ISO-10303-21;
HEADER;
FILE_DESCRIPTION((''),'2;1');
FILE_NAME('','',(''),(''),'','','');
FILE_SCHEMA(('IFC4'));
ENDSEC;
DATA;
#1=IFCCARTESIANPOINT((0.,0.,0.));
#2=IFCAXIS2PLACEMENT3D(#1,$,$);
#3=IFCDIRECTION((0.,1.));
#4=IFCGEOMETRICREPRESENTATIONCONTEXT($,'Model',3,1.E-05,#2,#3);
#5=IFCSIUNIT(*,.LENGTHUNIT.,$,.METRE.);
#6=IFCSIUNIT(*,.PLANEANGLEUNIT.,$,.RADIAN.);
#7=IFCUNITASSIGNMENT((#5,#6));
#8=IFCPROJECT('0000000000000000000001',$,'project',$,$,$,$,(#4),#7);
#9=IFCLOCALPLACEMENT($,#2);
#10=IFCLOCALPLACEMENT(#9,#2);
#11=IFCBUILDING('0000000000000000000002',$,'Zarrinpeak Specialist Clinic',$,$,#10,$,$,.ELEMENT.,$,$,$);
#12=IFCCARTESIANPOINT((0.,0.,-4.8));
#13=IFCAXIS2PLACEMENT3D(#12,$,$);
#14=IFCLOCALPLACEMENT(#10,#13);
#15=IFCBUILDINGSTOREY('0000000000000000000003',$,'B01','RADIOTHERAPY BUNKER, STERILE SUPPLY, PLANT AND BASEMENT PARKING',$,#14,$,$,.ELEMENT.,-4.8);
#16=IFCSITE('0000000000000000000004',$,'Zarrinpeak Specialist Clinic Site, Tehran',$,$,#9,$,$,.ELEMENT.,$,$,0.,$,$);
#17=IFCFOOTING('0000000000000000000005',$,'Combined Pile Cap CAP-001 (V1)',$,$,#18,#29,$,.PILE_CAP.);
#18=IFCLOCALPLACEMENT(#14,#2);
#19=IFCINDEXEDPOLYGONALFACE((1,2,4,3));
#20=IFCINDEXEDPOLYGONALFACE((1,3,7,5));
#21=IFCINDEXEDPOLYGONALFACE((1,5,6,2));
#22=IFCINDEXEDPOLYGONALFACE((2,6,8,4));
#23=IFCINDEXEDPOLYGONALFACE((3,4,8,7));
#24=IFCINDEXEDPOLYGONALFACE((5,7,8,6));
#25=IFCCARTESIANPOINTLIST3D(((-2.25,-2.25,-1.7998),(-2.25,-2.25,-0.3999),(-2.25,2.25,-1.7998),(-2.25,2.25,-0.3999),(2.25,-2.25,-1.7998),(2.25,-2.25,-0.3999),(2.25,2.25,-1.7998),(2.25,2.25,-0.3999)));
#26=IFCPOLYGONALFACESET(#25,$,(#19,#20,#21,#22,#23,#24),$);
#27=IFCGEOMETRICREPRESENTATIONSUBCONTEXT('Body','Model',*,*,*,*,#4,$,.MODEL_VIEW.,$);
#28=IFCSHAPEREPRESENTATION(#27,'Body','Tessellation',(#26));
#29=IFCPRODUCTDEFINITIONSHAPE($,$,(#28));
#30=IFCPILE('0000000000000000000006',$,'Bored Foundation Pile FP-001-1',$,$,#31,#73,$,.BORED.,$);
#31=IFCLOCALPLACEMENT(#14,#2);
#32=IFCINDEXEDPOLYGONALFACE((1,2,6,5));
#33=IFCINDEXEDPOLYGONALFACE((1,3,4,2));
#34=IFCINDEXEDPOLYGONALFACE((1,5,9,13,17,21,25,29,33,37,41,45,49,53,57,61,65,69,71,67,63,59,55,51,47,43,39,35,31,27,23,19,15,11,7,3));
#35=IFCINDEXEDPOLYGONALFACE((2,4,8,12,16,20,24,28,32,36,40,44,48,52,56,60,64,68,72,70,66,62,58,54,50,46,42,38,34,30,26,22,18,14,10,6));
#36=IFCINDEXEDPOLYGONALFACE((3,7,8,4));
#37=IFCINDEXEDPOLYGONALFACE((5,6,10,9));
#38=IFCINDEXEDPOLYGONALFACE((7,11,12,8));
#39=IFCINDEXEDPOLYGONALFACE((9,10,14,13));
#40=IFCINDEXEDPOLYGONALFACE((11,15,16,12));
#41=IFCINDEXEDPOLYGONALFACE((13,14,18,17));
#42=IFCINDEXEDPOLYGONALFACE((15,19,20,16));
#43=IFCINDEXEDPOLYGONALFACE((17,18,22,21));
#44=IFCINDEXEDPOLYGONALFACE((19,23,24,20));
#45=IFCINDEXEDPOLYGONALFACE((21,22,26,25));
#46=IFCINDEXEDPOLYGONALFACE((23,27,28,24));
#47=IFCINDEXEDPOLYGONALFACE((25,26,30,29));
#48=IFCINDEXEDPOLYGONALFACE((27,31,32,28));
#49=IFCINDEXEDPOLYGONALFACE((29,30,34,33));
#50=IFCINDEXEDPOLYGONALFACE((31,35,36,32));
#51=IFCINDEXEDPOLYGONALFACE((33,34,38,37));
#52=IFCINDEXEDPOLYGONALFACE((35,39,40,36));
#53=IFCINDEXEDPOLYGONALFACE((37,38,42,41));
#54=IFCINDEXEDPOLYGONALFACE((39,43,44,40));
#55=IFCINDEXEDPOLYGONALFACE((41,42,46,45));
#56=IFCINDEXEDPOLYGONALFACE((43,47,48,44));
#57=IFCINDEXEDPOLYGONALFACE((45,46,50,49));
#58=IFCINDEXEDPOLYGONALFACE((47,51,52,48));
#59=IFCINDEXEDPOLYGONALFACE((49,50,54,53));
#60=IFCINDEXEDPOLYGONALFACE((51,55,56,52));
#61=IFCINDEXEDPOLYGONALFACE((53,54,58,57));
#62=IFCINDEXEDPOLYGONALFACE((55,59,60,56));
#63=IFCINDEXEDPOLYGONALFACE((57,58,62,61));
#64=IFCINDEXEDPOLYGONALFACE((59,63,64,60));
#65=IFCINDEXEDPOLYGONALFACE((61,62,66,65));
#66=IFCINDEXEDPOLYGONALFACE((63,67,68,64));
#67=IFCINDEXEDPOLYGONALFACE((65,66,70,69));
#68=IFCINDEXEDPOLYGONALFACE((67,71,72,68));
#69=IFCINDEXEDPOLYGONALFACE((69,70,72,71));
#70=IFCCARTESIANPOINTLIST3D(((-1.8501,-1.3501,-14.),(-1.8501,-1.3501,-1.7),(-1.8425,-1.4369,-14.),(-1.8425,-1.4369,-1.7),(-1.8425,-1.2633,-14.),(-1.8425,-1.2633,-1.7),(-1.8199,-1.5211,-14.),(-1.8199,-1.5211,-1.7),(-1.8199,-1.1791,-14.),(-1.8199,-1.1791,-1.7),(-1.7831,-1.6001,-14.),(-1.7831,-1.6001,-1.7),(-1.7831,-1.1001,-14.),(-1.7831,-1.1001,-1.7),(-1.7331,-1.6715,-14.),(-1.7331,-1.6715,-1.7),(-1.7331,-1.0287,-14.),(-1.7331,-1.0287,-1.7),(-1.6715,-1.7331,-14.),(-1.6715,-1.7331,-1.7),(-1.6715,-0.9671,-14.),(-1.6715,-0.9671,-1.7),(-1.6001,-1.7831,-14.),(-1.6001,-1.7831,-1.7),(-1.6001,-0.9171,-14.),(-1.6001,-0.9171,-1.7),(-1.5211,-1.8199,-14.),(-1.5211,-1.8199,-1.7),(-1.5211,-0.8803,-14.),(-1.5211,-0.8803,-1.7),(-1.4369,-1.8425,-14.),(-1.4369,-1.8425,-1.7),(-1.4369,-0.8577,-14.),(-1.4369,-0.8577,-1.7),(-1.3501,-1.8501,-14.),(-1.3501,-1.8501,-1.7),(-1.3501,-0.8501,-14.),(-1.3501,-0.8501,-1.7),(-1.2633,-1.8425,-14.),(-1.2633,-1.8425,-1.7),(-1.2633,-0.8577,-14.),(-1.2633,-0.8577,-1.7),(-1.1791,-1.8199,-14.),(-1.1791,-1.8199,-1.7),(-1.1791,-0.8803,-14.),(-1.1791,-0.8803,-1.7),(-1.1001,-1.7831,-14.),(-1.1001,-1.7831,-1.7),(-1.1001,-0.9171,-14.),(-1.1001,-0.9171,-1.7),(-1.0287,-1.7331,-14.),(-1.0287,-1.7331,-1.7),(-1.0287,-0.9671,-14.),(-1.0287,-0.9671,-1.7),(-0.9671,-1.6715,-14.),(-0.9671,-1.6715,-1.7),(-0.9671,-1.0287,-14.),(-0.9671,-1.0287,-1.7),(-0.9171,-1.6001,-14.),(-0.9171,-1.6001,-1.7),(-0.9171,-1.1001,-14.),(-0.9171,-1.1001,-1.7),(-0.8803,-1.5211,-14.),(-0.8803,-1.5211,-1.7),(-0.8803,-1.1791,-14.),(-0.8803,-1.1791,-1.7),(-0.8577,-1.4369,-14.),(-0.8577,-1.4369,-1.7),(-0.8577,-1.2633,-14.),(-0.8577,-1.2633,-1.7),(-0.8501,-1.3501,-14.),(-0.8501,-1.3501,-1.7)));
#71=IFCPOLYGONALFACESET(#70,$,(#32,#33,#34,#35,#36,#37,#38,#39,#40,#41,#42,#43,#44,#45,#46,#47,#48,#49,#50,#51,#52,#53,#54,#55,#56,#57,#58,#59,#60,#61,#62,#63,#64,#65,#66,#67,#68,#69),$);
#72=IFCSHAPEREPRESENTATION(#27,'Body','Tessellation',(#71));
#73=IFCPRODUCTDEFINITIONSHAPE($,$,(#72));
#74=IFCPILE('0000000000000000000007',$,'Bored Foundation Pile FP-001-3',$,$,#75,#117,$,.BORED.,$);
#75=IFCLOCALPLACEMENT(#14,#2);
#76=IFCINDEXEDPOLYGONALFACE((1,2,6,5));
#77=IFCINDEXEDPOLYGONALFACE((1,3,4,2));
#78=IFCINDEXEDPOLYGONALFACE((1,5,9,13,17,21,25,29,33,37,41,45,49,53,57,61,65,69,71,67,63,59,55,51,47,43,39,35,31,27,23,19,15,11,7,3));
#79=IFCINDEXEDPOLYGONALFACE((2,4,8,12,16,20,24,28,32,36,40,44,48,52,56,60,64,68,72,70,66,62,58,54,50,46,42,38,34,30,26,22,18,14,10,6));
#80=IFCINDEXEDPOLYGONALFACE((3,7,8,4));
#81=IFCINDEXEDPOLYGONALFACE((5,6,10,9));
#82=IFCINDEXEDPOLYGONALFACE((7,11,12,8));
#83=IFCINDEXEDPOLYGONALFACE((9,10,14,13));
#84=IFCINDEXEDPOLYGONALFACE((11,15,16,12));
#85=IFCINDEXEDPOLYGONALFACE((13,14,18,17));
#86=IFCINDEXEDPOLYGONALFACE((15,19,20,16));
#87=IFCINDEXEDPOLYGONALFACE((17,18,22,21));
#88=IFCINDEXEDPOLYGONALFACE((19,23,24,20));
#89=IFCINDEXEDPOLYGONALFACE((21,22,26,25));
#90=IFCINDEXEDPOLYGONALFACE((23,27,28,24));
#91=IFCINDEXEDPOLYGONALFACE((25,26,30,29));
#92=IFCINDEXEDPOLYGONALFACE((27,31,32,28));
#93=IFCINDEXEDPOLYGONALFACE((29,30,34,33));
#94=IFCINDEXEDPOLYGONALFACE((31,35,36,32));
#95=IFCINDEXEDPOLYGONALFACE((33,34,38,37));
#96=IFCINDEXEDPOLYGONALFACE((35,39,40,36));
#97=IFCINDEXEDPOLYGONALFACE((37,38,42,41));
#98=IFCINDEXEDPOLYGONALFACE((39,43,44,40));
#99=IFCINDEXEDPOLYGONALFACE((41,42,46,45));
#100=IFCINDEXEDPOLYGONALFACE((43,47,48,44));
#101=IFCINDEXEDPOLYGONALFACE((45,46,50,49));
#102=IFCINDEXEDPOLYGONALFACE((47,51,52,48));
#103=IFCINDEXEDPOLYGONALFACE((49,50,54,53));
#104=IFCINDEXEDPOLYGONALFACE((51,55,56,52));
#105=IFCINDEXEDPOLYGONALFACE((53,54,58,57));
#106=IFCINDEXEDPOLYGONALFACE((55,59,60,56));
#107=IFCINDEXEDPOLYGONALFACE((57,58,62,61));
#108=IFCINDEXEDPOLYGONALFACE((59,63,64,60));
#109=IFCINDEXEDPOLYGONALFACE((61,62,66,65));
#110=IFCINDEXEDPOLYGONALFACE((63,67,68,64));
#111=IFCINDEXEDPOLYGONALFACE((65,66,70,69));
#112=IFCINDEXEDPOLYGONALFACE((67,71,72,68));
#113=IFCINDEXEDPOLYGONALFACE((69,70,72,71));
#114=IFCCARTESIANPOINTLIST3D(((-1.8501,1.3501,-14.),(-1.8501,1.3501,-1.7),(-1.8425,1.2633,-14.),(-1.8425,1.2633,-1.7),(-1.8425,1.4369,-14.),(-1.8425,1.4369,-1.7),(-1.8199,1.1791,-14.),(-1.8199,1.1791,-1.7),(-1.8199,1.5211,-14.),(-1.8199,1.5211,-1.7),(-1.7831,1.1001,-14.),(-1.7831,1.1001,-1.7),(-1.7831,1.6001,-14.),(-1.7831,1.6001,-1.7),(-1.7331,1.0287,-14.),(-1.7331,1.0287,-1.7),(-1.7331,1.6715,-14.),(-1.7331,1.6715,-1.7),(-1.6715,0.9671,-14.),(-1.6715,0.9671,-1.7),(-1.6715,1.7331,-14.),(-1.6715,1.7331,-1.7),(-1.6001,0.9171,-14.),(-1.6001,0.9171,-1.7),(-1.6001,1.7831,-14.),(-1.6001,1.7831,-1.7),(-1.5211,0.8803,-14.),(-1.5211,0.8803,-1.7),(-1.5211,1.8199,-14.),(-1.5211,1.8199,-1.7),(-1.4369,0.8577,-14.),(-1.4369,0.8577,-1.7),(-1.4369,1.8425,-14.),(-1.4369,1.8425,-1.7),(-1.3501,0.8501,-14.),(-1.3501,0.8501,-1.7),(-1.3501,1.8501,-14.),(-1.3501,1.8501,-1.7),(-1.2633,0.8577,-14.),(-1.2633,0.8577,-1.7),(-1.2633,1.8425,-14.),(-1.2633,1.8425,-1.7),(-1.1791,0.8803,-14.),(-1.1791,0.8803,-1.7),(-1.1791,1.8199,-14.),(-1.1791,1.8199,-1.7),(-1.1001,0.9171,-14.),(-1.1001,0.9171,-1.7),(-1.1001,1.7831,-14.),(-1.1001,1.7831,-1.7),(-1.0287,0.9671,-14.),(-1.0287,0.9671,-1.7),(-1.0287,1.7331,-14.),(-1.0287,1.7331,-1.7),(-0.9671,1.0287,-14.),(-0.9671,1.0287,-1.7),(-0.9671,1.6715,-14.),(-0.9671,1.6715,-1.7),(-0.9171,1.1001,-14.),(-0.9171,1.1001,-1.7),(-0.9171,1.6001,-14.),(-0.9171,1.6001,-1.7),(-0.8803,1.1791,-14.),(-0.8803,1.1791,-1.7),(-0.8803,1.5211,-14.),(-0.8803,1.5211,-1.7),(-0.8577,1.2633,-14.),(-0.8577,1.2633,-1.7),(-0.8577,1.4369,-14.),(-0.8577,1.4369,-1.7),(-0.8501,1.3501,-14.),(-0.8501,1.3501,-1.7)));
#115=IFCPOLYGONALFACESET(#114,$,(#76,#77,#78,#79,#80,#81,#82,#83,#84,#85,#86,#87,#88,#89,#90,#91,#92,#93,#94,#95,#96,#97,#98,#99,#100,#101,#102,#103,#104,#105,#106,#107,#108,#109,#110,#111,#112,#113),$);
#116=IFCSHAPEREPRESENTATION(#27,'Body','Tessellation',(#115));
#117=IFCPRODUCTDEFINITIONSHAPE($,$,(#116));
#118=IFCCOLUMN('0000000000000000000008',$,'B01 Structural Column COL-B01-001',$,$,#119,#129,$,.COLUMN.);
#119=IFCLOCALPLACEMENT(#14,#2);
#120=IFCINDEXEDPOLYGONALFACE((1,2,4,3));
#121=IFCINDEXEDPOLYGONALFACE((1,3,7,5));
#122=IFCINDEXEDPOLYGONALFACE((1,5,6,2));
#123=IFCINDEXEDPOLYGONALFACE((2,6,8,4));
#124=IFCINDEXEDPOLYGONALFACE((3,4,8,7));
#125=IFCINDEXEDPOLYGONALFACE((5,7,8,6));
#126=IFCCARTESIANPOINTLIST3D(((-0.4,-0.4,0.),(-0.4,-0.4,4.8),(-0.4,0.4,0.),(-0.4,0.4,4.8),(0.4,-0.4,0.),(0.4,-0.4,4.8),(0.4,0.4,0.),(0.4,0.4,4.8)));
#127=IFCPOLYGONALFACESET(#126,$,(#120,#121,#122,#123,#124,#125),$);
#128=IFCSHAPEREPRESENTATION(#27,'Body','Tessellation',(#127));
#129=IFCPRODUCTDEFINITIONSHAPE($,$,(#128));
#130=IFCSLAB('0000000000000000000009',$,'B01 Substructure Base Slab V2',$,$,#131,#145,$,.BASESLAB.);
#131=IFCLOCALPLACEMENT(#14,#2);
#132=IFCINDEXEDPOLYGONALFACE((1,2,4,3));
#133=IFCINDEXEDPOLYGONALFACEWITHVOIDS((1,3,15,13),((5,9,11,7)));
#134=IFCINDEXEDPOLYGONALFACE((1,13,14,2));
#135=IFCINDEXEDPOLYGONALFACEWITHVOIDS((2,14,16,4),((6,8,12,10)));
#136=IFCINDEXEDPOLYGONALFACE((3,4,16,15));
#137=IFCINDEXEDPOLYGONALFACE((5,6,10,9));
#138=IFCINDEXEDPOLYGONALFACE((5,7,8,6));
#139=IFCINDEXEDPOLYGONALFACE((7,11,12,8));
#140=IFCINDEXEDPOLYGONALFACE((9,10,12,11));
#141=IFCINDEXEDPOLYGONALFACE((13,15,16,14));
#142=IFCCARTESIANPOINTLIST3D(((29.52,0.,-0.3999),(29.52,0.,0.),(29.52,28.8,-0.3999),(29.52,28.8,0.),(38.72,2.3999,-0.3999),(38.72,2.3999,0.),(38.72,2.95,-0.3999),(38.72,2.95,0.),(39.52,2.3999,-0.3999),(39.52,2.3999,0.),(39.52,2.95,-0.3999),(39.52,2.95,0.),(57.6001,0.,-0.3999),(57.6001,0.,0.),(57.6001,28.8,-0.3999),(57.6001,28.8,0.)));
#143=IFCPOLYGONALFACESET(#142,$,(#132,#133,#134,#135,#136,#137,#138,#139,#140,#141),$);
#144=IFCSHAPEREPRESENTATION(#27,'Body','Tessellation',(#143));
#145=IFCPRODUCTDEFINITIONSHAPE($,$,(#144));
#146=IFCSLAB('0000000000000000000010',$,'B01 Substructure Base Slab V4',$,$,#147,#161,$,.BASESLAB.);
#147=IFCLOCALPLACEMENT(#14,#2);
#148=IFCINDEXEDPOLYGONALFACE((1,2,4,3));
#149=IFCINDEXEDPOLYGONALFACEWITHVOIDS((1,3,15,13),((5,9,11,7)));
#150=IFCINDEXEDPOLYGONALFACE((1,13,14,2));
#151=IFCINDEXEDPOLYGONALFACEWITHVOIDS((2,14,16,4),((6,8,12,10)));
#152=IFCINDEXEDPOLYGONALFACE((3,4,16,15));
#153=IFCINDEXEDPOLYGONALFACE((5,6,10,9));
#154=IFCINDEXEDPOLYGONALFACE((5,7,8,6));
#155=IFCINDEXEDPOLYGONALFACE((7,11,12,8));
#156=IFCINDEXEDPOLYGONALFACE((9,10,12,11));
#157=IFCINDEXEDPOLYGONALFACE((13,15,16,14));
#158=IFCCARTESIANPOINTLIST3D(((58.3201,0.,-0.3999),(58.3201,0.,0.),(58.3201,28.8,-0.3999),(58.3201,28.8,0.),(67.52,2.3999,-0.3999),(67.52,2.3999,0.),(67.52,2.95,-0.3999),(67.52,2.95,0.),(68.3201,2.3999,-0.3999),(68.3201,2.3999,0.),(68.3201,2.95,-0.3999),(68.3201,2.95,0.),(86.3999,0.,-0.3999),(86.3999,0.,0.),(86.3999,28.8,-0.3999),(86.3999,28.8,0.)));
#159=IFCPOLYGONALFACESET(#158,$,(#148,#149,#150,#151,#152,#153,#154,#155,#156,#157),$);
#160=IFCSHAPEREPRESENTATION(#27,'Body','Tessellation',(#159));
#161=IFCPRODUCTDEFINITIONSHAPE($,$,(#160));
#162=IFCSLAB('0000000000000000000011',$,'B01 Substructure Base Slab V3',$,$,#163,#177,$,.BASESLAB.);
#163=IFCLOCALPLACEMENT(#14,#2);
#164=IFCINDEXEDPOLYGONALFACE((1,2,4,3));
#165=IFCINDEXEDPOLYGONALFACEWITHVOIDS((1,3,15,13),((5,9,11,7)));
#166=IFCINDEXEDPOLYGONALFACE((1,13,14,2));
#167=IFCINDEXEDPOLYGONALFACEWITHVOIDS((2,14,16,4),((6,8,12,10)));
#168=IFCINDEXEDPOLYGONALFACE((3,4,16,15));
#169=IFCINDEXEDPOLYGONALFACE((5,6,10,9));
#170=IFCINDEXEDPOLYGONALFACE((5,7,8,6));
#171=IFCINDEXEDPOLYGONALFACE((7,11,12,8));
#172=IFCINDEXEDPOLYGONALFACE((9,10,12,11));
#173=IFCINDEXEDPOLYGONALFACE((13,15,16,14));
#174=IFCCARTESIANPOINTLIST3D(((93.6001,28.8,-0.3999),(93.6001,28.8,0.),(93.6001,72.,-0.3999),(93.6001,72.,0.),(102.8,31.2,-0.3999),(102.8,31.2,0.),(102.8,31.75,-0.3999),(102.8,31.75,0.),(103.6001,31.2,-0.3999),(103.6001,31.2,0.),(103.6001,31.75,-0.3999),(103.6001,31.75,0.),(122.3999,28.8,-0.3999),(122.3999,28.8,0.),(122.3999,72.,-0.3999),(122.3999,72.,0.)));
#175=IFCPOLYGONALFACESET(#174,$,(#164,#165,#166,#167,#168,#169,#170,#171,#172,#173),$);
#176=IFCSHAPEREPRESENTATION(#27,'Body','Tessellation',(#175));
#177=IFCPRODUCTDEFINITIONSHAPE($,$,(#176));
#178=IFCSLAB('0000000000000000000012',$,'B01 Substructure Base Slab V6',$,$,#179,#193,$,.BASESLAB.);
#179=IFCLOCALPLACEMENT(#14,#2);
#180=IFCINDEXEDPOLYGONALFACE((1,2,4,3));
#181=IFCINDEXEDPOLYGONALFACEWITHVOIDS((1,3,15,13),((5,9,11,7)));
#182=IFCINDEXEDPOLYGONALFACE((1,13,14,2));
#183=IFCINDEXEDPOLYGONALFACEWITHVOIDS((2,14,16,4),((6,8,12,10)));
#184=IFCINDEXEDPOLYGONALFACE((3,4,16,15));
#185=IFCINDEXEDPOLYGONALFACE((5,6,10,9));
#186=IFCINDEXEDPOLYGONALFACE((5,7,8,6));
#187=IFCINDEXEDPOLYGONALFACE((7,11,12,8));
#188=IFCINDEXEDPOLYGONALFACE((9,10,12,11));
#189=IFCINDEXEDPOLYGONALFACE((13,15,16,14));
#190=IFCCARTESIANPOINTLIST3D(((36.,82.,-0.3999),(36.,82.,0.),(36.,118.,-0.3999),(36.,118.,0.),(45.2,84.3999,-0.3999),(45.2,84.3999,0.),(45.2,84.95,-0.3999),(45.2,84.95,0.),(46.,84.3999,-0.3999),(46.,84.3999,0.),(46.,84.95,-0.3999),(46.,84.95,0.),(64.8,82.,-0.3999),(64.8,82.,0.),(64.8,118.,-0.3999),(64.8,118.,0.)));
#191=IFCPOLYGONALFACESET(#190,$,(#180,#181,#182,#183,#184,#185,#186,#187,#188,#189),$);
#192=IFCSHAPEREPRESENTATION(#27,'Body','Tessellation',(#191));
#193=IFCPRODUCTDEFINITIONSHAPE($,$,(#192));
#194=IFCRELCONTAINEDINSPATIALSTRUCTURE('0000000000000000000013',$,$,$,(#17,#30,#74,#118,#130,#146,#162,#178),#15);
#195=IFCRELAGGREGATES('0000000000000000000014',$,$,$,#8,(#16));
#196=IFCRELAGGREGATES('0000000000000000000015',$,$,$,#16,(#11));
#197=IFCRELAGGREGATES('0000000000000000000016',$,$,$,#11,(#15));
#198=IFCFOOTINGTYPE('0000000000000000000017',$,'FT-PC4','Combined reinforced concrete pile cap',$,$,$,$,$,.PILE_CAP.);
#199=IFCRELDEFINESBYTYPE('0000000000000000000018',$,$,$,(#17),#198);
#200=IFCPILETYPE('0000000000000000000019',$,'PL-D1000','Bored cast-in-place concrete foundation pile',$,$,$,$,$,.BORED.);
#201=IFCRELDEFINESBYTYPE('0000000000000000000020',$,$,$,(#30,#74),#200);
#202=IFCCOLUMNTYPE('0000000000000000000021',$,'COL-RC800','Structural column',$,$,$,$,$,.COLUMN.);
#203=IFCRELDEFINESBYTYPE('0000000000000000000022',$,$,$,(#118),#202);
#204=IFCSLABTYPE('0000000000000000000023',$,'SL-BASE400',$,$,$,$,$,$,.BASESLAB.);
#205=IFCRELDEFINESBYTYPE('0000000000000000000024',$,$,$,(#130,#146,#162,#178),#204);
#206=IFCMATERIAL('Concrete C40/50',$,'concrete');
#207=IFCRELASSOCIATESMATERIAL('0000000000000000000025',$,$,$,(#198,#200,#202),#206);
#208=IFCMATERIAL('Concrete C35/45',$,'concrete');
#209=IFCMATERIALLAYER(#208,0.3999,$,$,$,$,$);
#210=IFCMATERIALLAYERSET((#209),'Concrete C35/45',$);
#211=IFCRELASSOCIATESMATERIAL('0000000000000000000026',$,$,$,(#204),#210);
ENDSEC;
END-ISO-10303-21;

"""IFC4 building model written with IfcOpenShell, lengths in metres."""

from ifc_helpers import new_model, si_unit, direction, frame, origin, origin_with_axes, origin_2d, place, context, subcontext, project, spatial, polyline, rectangle, circle, outline, extrude, material, layer, layer_set, material_profile, profile_set, type_object, element, save


model = new_model("IFC4")

# Units and contexts
model_context = context("Model", 3, precision=1e-05, world=origin(), true_north=direction((0.0, 1.0)))
body_context = subcontext(model_context, "Body", "Model", "MODEL_VIEW")
ifc_project = project(units=[si_unit("LENGTHUNIT", "METRE"), si_unit("PLANEANGLEUNIT", "RADIAN")], contexts=[model_context])

# Site, building, storey
site_placement = place(None, origin())
site = spatial("IfcSite", under=ifc_project, at=site_placement, Name="Zarrinpeak Specialist Clinic Site, Tehran", CompositionType="ELEMENT", RefElevation=0.0)
building_placement = place(site_placement, origin())
building = spatial("IfcBuilding", under=site, at=building_placement, Name="Zarrinpeak Specialist Clinic", CompositionType="ELEMENT")
storey_placement = place(building_placement, frame((0.0, 0.0, -4.8)))
storey = spatial("IfcBuildingStorey", under=building, at=storey_placement, Name="B01", Description="RADIOTHERAPY BUNKER, STERILE SUPPLY, PLANT AND BASEMENT PARKING", CompositionType="ELEMENT", Elevation=-4.8)

# Footing
ifc_material_1 = material(Name="Concrete C40/50", Category="concrete")
footing_type = type_object("IfcFootingType", Name="FT-PC4", Description="Combined reinforced concrete pile cap", PredefinedType="PILE_CAP", material=ifc_material_1)
footing_placement = place(storey_placement, frame((0.0, 0.0, -1.7998), z_axis=(0.0, 0.0, 1.0), x_axis=(1.0, 0.0, 0.0)))
element("IfcFooting", 1, at=footing_placement, inside=storey, type_object=footing_type, Name="Combined Pile Cap CAP-001 (V1)", PredefinedType="PILE_CAP", context=body_context, shape_type="SweptSolid", body=[
    extrude(rectangle(XDim=4.5, YDim=4.5, at=origin_2d()), origin(), (0.0, 0.0, 1.0), 1.3999),
])

# Piles
ifc_material_profile_1 = material_profile(ifc_material_1, circle(Radius=0.5, at=origin_2d()), Name="BORED PILE D1000")
ifc_profile_set_1 = profile_set([ifc_material_profile_1], Name="Concrete C40/50")
pile_type = type_object("IfcPileType", Name="PL-D1000", Description="Bored cast-in-place concrete foundation pile", PredefinedType="BORED", material=ifc_profile_set_1)
for number, where, z_axis, x_axis, name in (
    (2, (-1.3501, -1.3501, -1.7), (0.0, 0.0, -1.0), (1.0, 0.0, 0.0), "Bored Foundation Pile FP-001-1"),
    (3, (-1.3501, 1.3501, -1.7), (0.0, 0.0, -1.0), (1.0, 0.0, 0.0), "Bored Foundation Pile FP-001-3"),
):
    element("IfcPile", number, at=place(storey_placement, frame(where, z_axis=z_axis, x_axis=x_axis)), inside=storey, type_object=pile_type, Name=name, PredefinedType="BORED", context=body_context, shape_type="SweptSolid", body=[
        extrude(circle(Radius=0.5, at=origin_2d()), origin(), (0.0, 0.0, 1.0), 12.3),
    ])

# Column
ifc_material_profile_2 = material_profile(ifc_material_1, rectangle(XDim=0.8, YDim=0.8, at=origin_2d()), Name="RC 800x800")
ifc_profile_set_2 = profile_set([ifc_material_profile_2], Name="Concrete C40/50")
column_type = type_object("IfcColumnType", Name="COL-RC800", Description="Structural column", PredefinedType="COLUMN", material=ifc_profile_set_2)
column_placement = place(storey_placement, origin_with_axes())
element("IfcColumn", 4, at=column_placement, inside=storey, type_object=column_type, Name="B01 Structural Column COL-B01-001", PredefinedType="COLUMN", context=body_context, shape_type="SweptSolid", body=[
    extrude(rectangle(XDim=0.8, YDim=0.8, at=origin_2d()), origin(), (0.0, 0.0, 1.0), 4.8),
])

# Slabs
ifc_material_2 = material(Name="Concrete C35/45", Category="concrete")
ifc_layer_1 = layer(ifc_material_2, 0.3999)
ifc_layer_set_1 = layer_set([ifc_layer_1], Name="Concrete C35/45")
slab_type_1 = type_object("IfcSlabType", Name="SL-BASE400", PredefinedType="BASESLAB", material=ifc_layer_set_1)
slab_1_placement = place(storey_placement, frame((0.0, 0.0, -0.3999)))
element("IfcSlab", 5, at=slab_1_placement, inside=storey, type_object=slab_type_1, Name="B01 Substructure Base Slab V2", PredefinedType="BASESLAB", context=body_context, shape_type="SweptSolid", body=[
    extrude(outline(polyline([(29.52, 0.0), (57.6001, 0.0), (57.6001, 28.8), (29.52, 28.8), (29.52, 0.0)]), holes=[polyline([(38.72, 2.3999), (39.52, 2.3999), (39.52, 2.95), (38.72, 2.95), (38.72, 2.3999)])]), origin(), (0.0, 0.0, 1.0), 0.3999),
])
slab_2_placement = place(storey_placement, frame((0.0, 0.0, -0.3999)))
element("IfcSlab", 6, at=slab_2_placement, inside=storey, type_object=slab_type_1, Name="B01 Substructure Base Slab V4", PredefinedType="BASESLAB", context=body_context, shape_type="SweptSolid", body=[
    extrude(outline(polyline([(58.3201, 0.0), (86.3999, 0.0), (86.3999, 28.8), (58.3201, 28.8), (58.3201, 0.0)]), holes=[polyline([(67.52, 2.3999), (68.3201, 2.3999), (68.3201, 2.95), (67.52, 2.95), (67.52, 2.3999)])]), origin(), (0.0, 0.0, 1.0), 0.3999),
])
slab_3_placement = place(storey_placement, frame((0.0, 0.0, -0.3999)))
element("IfcSlab", 7, at=slab_3_placement, inside=storey, type_object=slab_type_1, Name="B01 Substructure Base Slab V3", PredefinedType="BASESLAB", context=body_context, shape_type="SweptSolid", body=[
    extrude(outline(polyline([(93.6001, 28.8), (122.3999, 28.8), (122.3999, 72.0), (93.6001, 72.0), (93.6001, 28.8)]), holes=[polyline([(102.8, 31.2), (103.6001, 31.2), (103.6001, 31.75), (102.8, 31.75), (102.8, 31.2)])]), origin(), (0.0, 0.0, 1.0), 0.3999),
])
slab_4_placement = place(storey_placement, frame((0.0, 0.0, -0.3999)))
element("IfcSlab", 8, at=slab_4_placement, inside=storey, type_object=slab_type_1, Name="B01 Substructure Base Slab V6", PredefinedType="BASESLAB", context=body_context, shape_type="SweptSolid", body=[
    extrude(outline(polyline([(36.0, 82.0), (64.8, 82.0), (64.8, 118.0), (36.0, 118.0), (36.0, 82.0)]), holes=[polyline([(45.2, 84.3999), (46.0, 84.3999), (46.0, 84.95), (45.2, 84.95), (45.2, 84.3999)])]), origin(), (0.0, 0.0, 1.0), 0.3999),
])

save(model, "model.ifc")
